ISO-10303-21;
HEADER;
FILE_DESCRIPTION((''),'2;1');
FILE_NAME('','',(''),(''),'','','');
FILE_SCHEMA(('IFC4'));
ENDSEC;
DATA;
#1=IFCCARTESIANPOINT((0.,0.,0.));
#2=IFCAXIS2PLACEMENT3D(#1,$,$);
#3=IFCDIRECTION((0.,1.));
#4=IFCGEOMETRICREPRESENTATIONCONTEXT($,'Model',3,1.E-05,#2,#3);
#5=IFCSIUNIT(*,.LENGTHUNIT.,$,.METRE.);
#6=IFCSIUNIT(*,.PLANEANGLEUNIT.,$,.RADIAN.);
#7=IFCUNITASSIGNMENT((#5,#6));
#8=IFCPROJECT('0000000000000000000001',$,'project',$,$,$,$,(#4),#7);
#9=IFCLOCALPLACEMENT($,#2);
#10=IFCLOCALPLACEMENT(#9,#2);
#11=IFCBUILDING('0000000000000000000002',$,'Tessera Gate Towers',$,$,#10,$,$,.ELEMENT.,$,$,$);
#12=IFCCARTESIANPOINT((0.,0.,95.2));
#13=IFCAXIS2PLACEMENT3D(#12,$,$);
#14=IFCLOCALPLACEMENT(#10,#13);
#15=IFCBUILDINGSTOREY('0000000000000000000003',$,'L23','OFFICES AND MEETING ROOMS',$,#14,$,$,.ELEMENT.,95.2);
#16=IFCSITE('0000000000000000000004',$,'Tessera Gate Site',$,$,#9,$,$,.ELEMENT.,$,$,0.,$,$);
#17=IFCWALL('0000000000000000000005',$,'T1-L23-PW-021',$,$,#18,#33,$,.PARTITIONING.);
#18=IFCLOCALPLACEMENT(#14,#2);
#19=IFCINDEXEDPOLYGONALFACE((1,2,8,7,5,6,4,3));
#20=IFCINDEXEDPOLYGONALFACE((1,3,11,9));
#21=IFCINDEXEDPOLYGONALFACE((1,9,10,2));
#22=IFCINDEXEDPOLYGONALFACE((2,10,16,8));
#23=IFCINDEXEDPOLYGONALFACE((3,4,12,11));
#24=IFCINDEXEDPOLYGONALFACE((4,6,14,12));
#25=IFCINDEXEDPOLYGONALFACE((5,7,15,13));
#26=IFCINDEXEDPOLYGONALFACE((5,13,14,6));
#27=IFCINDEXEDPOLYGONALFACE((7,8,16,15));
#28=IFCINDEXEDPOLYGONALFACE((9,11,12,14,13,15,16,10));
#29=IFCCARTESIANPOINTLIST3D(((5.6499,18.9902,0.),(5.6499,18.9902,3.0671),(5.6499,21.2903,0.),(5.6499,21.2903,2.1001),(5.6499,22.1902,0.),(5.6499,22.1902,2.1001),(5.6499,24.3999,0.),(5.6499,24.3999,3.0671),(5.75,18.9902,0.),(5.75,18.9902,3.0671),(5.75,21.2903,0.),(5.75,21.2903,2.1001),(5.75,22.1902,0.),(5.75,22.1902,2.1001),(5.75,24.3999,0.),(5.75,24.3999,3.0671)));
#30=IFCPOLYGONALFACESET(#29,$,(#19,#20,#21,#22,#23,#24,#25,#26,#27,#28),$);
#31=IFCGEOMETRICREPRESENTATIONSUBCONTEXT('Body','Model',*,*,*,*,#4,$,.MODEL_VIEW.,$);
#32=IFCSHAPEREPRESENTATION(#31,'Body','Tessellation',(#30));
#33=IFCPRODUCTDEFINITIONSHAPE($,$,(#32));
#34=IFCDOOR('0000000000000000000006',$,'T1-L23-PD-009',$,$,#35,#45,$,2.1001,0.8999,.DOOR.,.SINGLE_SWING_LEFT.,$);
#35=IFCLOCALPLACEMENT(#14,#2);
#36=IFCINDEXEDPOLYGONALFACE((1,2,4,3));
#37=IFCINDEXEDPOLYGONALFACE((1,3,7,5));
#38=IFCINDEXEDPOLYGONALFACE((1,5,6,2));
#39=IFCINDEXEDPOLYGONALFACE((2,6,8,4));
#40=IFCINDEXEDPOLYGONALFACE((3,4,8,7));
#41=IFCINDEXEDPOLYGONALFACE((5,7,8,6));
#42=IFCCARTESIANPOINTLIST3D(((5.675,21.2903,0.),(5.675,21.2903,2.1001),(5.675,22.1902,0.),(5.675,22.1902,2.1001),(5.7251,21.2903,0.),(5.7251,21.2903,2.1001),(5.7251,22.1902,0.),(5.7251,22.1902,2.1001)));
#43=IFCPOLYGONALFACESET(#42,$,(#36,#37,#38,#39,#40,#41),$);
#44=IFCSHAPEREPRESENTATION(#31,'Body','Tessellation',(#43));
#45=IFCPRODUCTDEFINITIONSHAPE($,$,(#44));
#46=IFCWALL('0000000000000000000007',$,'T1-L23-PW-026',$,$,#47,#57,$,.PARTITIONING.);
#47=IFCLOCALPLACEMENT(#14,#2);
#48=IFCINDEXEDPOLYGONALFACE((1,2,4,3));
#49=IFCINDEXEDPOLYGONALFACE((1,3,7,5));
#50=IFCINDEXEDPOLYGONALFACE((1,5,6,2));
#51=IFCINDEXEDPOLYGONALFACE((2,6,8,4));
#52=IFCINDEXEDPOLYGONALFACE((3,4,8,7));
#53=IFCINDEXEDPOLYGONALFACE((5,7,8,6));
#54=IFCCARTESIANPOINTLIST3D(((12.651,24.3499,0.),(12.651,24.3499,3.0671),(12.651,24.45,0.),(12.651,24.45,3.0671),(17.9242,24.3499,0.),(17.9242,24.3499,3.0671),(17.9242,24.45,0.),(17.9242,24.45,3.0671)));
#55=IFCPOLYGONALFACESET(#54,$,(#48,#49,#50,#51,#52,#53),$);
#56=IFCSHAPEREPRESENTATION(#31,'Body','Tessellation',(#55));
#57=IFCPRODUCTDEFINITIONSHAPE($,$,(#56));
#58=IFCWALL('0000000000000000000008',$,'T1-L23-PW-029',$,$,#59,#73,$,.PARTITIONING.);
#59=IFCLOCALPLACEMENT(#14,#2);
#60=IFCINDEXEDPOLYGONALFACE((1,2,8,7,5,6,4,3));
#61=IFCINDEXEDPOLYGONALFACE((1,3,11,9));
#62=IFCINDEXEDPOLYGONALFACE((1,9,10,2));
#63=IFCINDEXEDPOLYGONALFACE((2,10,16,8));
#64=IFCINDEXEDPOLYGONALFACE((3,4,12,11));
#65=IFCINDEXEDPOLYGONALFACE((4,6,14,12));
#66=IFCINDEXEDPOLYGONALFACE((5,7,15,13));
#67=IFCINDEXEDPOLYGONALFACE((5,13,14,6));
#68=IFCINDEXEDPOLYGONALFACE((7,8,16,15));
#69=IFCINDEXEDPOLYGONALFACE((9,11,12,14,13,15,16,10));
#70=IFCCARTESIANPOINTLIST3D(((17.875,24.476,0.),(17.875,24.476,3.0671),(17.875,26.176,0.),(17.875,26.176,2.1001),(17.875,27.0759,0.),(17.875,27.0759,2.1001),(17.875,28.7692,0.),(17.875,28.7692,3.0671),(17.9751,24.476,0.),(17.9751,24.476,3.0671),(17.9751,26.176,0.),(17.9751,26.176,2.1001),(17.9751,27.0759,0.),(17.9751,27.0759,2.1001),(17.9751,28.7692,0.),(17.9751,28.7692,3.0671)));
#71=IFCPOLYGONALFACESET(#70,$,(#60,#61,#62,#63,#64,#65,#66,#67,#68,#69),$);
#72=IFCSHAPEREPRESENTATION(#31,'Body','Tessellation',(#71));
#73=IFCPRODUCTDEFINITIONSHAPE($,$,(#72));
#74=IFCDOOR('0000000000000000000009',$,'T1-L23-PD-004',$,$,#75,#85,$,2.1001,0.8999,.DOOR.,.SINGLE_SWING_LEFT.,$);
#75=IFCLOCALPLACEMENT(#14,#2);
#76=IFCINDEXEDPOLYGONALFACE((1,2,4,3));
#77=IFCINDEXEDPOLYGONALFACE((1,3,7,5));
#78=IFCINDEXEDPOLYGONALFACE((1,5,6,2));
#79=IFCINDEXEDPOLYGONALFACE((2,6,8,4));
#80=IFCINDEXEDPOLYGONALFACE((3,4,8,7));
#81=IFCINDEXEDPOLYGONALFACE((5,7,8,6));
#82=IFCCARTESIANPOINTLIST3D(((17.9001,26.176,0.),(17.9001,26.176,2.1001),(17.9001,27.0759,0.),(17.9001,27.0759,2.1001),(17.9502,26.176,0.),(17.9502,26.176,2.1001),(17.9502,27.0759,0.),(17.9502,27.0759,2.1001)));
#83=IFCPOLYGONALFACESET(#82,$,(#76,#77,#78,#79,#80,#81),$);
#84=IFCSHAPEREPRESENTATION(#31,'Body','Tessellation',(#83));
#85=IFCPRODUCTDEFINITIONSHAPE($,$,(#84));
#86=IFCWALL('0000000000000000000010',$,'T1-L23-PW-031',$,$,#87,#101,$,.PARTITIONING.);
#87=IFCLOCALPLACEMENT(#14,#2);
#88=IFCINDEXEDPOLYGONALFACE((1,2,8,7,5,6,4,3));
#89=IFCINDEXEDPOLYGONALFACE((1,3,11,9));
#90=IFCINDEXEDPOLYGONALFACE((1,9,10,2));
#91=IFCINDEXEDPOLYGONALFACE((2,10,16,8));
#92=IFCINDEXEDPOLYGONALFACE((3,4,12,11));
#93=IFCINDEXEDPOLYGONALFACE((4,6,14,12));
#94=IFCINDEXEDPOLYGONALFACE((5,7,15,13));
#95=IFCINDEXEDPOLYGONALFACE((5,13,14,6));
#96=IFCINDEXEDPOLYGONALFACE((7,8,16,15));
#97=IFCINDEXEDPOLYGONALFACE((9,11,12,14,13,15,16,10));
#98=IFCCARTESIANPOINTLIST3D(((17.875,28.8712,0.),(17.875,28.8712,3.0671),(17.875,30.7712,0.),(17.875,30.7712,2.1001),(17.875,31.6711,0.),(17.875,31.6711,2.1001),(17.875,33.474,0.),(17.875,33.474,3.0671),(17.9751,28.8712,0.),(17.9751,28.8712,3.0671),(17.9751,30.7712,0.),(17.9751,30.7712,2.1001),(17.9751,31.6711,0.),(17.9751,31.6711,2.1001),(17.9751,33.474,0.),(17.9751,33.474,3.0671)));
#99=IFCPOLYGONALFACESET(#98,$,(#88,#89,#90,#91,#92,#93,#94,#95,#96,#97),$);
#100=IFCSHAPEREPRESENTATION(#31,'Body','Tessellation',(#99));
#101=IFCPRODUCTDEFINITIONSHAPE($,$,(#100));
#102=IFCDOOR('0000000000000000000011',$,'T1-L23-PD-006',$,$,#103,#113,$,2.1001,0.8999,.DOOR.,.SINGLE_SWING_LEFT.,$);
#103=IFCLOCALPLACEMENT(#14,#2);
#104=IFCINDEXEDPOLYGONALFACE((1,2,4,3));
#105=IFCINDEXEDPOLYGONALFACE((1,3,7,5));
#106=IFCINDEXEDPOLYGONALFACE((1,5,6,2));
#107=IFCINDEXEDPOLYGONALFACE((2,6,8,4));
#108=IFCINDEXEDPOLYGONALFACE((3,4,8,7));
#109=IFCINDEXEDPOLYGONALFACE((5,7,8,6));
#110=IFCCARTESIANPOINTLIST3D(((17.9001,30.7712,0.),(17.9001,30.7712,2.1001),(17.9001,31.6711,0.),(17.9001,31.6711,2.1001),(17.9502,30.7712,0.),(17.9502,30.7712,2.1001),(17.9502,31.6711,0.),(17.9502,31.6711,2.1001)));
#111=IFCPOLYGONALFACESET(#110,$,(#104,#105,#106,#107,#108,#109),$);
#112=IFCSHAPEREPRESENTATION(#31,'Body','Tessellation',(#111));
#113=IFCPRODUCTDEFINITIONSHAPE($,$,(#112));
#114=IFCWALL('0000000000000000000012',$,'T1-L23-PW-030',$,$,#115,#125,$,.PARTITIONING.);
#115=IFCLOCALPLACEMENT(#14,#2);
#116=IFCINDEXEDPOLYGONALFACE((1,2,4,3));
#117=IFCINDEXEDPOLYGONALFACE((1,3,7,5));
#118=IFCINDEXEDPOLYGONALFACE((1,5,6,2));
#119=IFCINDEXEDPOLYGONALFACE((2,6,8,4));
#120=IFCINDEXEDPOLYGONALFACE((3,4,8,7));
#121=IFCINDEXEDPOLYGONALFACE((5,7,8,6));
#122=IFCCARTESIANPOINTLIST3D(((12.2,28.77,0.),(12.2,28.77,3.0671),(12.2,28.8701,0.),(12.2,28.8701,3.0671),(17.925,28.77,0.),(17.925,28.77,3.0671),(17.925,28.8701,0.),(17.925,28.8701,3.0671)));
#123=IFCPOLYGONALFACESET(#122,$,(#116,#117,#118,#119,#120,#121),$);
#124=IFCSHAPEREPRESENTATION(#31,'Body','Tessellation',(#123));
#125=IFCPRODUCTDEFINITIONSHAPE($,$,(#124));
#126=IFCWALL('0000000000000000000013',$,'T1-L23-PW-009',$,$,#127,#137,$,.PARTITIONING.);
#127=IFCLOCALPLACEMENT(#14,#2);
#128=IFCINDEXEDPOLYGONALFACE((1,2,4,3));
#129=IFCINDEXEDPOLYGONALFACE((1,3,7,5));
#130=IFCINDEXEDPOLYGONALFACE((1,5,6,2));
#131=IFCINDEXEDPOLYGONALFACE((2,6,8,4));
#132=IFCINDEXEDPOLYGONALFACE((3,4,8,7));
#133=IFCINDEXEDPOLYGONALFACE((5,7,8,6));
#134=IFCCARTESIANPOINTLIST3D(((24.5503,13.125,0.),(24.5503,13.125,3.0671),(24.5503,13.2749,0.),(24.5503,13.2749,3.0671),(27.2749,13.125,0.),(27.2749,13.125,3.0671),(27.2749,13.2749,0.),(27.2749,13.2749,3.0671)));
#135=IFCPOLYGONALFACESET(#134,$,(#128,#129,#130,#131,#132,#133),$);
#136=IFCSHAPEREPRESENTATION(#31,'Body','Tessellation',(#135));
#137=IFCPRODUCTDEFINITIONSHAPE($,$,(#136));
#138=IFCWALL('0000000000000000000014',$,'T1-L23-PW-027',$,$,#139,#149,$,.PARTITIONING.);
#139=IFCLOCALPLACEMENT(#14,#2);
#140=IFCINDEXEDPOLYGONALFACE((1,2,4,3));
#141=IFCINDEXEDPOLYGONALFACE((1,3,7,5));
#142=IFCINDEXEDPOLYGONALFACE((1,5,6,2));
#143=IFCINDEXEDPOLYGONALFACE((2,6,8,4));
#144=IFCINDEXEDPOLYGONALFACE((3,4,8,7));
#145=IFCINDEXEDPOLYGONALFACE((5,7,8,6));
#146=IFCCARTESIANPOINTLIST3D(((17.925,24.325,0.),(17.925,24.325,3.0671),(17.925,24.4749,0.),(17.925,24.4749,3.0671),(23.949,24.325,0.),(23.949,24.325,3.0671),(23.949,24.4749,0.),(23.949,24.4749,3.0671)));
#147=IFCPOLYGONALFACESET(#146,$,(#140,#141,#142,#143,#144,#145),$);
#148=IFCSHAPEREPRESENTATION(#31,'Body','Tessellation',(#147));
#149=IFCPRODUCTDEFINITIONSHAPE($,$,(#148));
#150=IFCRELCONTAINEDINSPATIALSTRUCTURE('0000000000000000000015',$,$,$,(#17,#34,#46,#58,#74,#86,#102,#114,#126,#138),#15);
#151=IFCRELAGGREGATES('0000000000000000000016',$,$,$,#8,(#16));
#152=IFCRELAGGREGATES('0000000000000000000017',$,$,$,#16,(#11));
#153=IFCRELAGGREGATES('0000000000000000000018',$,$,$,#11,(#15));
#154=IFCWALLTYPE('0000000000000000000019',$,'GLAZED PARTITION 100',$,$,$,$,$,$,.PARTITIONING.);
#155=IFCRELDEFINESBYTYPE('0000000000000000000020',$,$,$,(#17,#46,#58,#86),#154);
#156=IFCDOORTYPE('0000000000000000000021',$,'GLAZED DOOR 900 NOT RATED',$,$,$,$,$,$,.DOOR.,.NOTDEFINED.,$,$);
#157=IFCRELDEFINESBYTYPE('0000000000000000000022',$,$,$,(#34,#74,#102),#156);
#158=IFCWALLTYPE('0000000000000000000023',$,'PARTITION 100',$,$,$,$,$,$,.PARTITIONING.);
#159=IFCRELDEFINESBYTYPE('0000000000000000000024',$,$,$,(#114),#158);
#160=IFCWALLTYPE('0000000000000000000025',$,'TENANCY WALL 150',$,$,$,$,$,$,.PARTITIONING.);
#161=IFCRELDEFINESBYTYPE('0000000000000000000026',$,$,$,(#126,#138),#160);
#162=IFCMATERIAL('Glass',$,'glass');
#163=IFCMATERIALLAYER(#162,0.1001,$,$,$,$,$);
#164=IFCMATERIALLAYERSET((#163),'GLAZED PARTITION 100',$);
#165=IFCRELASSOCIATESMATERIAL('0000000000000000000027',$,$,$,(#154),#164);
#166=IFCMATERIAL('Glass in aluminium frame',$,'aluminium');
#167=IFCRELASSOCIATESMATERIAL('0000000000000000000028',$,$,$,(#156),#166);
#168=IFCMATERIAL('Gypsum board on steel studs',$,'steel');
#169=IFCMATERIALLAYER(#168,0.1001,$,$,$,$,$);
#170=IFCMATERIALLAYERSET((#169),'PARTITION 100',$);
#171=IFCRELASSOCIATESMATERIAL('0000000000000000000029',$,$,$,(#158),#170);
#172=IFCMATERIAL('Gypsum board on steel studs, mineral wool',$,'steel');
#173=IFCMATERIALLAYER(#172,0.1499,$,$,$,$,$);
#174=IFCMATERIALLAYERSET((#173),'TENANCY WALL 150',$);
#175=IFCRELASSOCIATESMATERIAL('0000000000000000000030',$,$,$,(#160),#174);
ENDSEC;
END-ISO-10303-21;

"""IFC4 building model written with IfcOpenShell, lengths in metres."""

from ifc_helpers import new_model, si_unit, direction, frame, frame_2d, origin, place, context, subcontext, project, spatial, rectangle, extrude, source, transform, mapped, material, layer, layer_set, type_object, element, fill, save


model = new_model("IFC4")

# Units and contexts
model_context = context("Model", 3, precision=1e-05, world=origin(), true_north=direction((0.0, 1.0)))
body_context = subcontext(model_context, "Body", "Model", "MODEL_VIEW")
ifc_project = project(units=[si_unit("LENGTHUNIT", "METRE"), si_unit("PLANEANGLEUNIT", "RADIAN")], contexts=[model_context])

# Site, building, storey
site_placement = place(None, origin())
site = spatial("IfcSite", under=ifc_project, at=site_placement, Name="Tessera Gate Site", CompositionType="ELEMENT", RefElevation=0.0)
building_placement = place(site_placement, origin())
building = spatial("IfcBuilding", under=site, at=building_placement, Name="Tessera Gate Towers", CompositionType="ELEMENT")
storey_placement = place(building_placement, frame((0.0, 0.0, 95.2)))
storey = spatial("IfcBuildingStorey", under=building, at=storey_placement, Name="L23", Description="OFFICES AND MEETING ROOMS", CompositionType="ELEMENT", Elevation=95.2)

# Shared definitions
ifc_material_1 = material(Name="Glass", Category="glass")
ifc_layer_1 = layer(ifc_material_1, 0.1001)
ifc_layer_set_1 = layer_set([ifc_layer_1], Name="GLAZED PARTITION 100")
wall_type_1 = type_object("IfcWallType", Name="GLAZED PARTITION 100", PredefinedType="PARTITIONING", material=ifc_layer_set_1)

# Wall, opening, door
wall_1_placement = place(storey_placement, frame((5.7, 18.9902, 0.0), z_axis=(0.0, 0.0, 1.0), x_axis=(0.0, 1.0, 0.0)))
wall_1 = element("IfcWall", 1, at=wall_1_placement, inside=storey, type_object=wall_type_1, Name="T1-L23-PW-021", PredefinedType="PARTITIONING", context=body_context, shape_type="SweptSolid", body=[
    extrude(rectangle(XDim=5.4097, YDim=0.1001, at=frame_2d((2.7048, 0.0))), origin(), (0.0, 0.0, 1.0), 3.0671),
])
shared_shape_1 = source(origin(), body_context, "Body", "SweptSolid", [
    extrude(rectangle(XDim=0.8999, YDim=2.1001, at=frame_2d((0.45, 1.05))), frame((0.0, 0.0601, 0.0), z_axis=(0.0, -1.0, 0.0), x_axis=(1.0, 0.0, 0.0)), (0.0, 0.0, 1.0), 0.1201),
])
opening_1_placement = place(wall_1_placement, frame((2.3, 0.0, 0.0)))
opening_1 = element("IfcOpeningElement", 2, at=opening_1_placement, cuts=wall_1, PredefinedType="OPENING", context=body_context, shape_type="MappedRepresentation", body=[
    mapped(shared_shape_1, transform((0.0, 0.0, 0.0), scale=1.0)),
])
ifc_material_2 = material(Name="Glass in aluminium frame", Category="aluminium")
door_type = type_object("IfcDoorType", Name="GLAZED DOOR 900 NOT RATED", OperationType="NOTDEFINED", PredefinedType="DOOR", material=ifc_material_2)
shared_shape_2 = source(origin(), body_context, "Body", "SweptSolid", [
    extrude(rectangle(XDim=0.8999, YDim=2.1001, at=frame_2d((0.45, 1.05))), frame((0.0, 0.0249, 0.0), z_axis=(0.0, -1.0, 0.0), x_axis=(1.0, 0.0, 0.0)), (0.0, 0.0, 1.0), 0.05),
])
door_1_placement = place(opening_1_placement, origin())
door_1 = element("IfcDoor", 3, at=door_1_placement, inside=storey, type_object=door_type, Name="T1-L23-PD-009", OperationType="SINGLE_SWING_LEFT", OverallHeight=2.1001, OverallWidth=0.8999, PredefinedType="DOOR", context=body_context, shape_type="MappedRepresentation", body=[
    mapped(shared_shape_2, transform((0.0, 0.0, 0.0), scale=1.0)),
])
fill(opening_1, door_1)

# Wall
wall_2_placement = place(storey_placement, frame((12.6509, 24.3999, 0.0), z_axis=(0.0, 0.0, 1.0), x_axis=(1.0, 0.0, 0.0)))
element("IfcWall", 4, at=wall_2_placement, inside=storey, type_object=wall_type_1, Name="T1-L23-PW-026", PredefinedType="PARTITIONING", context=body_context, shape_type="SweptSolid", body=[
    extrude(rectangle(XDim=5.2732, YDim=0.1001, at=frame_2d((2.6367, 0.0))), origin(), (0.0, 0.0, 1.0), 3.0671),
])

# Walls, openings, doors
wall_3_placement = place(storey_placement, frame((17.925, 24.4761, 0.0), z_axis=(0.0, 0.0, 1.0), x_axis=(0.0, 1.0, 0.0)))
wall_3 = element("IfcWall", 5, at=wall_3_placement, inside=storey, type_object=wall_type_1, Name="T1-L23-PW-029", PredefinedType="PARTITIONING", context=body_context, shape_type="SweptSolid", body=[
    extrude(rectangle(XDim=4.2932, YDim=0.1001, at=frame_2d((2.1465, 0.0))), origin(), (0.0, 0.0, 1.0), 3.0671),
])
opening_2_placement = place(wall_3_placement, frame((1.7, 0.0, 0.0)))
opening_2 = element("IfcOpeningElement", 6, at=opening_2_placement, cuts=wall_3, PredefinedType="OPENING", context=body_context, shape_type="MappedRepresentation", body=[
    mapped(shared_shape_1, transform((0.0, 0.0, 0.0), scale=1.0)),
])
door_2_placement = place(opening_2_placement, origin())
door_2 = element("IfcDoor", 7, at=door_2_placement, inside=storey, type_object=door_type, Name="T1-L23-PD-004", OperationType="SINGLE_SWING_LEFT", OverallHeight=2.1001, OverallWidth=0.8999, PredefinedType="DOOR", context=body_context, shape_type="MappedRepresentation", body=[
    mapped(shared_shape_2, transform((0.0, 0.0, 0.0), scale=1.0)),
])
fill(opening_2, door_2)
wall_4_placement = place(storey_placement, frame((17.925, 28.8713, 0.0), z_axis=(0.0, 0.0, 1.0), x_axis=(0.0, 1.0, 0.0)))
wall_4 = element("IfcWall", 8, at=wall_4_placement, inside=storey, type_object=wall_type_1, Name="T1-L23-PW-031", PredefinedType="PARTITIONING", context=body_context, shape_type="SweptSolid", body=[
    extrude(rectangle(XDim=4.6028, YDim=0.1001, at=frame_2d((2.3013, 0.0))), origin(), (0.0, 0.0, 1.0), 3.0671),
])
opening_3_placement = place(wall_4_placement, frame((1.8999, 0.0, 0.0)))
opening_3 = element("IfcOpeningElement", 9, at=opening_3_placement, cuts=wall_4, PredefinedType="OPENING", context=body_context, shape_type="MappedRepresentation", body=[
    mapped(shared_shape_1, transform((0.0, 0.0, 0.0), scale=1.0)),
])
door_3_placement = place(opening_3_placement, origin())
door_3 = element("IfcDoor", 10, at=door_3_placement, inside=storey, type_object=door_type, Name="T1-L23-PD-006", OperationType="SINGLE_SWING_LEFT", OverallHeight=2.1001, OverallWidth=0.8999, PredefinedType="DOOR", context=body_context, shape_type="MappedRepresentation", body=[
    mapped(shared_shape_2, transform((0.0, 0.0, 0.0), scale=1.0)),
])
fill(opening_3, door_3)

# Walls
ifc_material_3 = material(Name="Gypsum board on steel studs", Category="steel")
ifc_layer_2 = layer(ifc_material_3, 0.1001)
ifc_layer_set_2 = layer_set([ifc_layer_2], Name="PARTITION 100")
wall_type_2 = type_object("IfcWallType", Name="PARTITION 100", PredefinedType="PARTITIONING", material=ifc_layer_set_2)
wall_5_placement = place(storey_placement, frame((12.2, 28.8201, 0.0), z_axis=(0.0, 0.0, 1.0), x_axis=(1.0, 0.0, 0.0)))
element("IfcWall", 11, at=wall_5_placement, inside=storey, type_object=wall_type_2, Name="T1-L23-PW-030", PredefinedType="PARTITIONING", context=body_context, shape_type="SweptSolid", body=[
    extrude(rectangle(XDim=5.7251, YDim=0.1001, at=frame_2d((2.8625, 0.0))), origin(), (0.0, 0.0, 1.0), 3.0671),
])
ifc_material_4 = material(Name="Gypsum board on steel studs, mineral wool", Category="steel")
ifc_layer_3 = layer(ifc_material_4, 0.1499)
ifc_layer_set_3 = layer_set([ifc_layer_3], Name="TENANCY WALL 150")
wall_type_3 = type_object("IfcWallType", Name="TENANCY WALL 150", PredefinedType="PARTITIONING", material=ifc_layer_set_3)
wall_6_placement = place(storey_placement, frame((24.5503, 13.2, 0.0), z_axis=(0.0, 0.0, 1.0), x_axis=(1.0, 0.0, 0.0)))
element("IfcWall", 12, at=wall_6_placement, inside=storey, type_object=wall_type_3, Name="T1-L23-PW-009", PredefinedType="PARTITIONING", context=body_context, shape_type="SweptSolid", body=[
    extrude(rectangle(XDim=2.7246, YDim=0.1499, at=frame_2d((1.3623, 0.0))), origin(), (0.0, 0.0, 1.0), 3.0671),
])
wall_7_placement = place(storey_placement, frame((17.925, 24.3999, 0.0), z_axis=(0.0, 0.0, 1.0), x_axis=(1.0, 0.0, 0.0)))
element("IfcWall", 13, at=wall_7_placement, inside=storey, type_object=wall_type_3, Name="T1-L23-PW-027", PredefinedType="PARTITIONING", context=body_context, shape_type="SweptSolid", body=[
    extrude(rectangle(XDim=6.0239, YDim=0.1499, at=frame_2d((3.012, 0.0))), origin(), (0.0, 0.0, 1.0), 3.0671),
])

save(model, "model.ifc")
